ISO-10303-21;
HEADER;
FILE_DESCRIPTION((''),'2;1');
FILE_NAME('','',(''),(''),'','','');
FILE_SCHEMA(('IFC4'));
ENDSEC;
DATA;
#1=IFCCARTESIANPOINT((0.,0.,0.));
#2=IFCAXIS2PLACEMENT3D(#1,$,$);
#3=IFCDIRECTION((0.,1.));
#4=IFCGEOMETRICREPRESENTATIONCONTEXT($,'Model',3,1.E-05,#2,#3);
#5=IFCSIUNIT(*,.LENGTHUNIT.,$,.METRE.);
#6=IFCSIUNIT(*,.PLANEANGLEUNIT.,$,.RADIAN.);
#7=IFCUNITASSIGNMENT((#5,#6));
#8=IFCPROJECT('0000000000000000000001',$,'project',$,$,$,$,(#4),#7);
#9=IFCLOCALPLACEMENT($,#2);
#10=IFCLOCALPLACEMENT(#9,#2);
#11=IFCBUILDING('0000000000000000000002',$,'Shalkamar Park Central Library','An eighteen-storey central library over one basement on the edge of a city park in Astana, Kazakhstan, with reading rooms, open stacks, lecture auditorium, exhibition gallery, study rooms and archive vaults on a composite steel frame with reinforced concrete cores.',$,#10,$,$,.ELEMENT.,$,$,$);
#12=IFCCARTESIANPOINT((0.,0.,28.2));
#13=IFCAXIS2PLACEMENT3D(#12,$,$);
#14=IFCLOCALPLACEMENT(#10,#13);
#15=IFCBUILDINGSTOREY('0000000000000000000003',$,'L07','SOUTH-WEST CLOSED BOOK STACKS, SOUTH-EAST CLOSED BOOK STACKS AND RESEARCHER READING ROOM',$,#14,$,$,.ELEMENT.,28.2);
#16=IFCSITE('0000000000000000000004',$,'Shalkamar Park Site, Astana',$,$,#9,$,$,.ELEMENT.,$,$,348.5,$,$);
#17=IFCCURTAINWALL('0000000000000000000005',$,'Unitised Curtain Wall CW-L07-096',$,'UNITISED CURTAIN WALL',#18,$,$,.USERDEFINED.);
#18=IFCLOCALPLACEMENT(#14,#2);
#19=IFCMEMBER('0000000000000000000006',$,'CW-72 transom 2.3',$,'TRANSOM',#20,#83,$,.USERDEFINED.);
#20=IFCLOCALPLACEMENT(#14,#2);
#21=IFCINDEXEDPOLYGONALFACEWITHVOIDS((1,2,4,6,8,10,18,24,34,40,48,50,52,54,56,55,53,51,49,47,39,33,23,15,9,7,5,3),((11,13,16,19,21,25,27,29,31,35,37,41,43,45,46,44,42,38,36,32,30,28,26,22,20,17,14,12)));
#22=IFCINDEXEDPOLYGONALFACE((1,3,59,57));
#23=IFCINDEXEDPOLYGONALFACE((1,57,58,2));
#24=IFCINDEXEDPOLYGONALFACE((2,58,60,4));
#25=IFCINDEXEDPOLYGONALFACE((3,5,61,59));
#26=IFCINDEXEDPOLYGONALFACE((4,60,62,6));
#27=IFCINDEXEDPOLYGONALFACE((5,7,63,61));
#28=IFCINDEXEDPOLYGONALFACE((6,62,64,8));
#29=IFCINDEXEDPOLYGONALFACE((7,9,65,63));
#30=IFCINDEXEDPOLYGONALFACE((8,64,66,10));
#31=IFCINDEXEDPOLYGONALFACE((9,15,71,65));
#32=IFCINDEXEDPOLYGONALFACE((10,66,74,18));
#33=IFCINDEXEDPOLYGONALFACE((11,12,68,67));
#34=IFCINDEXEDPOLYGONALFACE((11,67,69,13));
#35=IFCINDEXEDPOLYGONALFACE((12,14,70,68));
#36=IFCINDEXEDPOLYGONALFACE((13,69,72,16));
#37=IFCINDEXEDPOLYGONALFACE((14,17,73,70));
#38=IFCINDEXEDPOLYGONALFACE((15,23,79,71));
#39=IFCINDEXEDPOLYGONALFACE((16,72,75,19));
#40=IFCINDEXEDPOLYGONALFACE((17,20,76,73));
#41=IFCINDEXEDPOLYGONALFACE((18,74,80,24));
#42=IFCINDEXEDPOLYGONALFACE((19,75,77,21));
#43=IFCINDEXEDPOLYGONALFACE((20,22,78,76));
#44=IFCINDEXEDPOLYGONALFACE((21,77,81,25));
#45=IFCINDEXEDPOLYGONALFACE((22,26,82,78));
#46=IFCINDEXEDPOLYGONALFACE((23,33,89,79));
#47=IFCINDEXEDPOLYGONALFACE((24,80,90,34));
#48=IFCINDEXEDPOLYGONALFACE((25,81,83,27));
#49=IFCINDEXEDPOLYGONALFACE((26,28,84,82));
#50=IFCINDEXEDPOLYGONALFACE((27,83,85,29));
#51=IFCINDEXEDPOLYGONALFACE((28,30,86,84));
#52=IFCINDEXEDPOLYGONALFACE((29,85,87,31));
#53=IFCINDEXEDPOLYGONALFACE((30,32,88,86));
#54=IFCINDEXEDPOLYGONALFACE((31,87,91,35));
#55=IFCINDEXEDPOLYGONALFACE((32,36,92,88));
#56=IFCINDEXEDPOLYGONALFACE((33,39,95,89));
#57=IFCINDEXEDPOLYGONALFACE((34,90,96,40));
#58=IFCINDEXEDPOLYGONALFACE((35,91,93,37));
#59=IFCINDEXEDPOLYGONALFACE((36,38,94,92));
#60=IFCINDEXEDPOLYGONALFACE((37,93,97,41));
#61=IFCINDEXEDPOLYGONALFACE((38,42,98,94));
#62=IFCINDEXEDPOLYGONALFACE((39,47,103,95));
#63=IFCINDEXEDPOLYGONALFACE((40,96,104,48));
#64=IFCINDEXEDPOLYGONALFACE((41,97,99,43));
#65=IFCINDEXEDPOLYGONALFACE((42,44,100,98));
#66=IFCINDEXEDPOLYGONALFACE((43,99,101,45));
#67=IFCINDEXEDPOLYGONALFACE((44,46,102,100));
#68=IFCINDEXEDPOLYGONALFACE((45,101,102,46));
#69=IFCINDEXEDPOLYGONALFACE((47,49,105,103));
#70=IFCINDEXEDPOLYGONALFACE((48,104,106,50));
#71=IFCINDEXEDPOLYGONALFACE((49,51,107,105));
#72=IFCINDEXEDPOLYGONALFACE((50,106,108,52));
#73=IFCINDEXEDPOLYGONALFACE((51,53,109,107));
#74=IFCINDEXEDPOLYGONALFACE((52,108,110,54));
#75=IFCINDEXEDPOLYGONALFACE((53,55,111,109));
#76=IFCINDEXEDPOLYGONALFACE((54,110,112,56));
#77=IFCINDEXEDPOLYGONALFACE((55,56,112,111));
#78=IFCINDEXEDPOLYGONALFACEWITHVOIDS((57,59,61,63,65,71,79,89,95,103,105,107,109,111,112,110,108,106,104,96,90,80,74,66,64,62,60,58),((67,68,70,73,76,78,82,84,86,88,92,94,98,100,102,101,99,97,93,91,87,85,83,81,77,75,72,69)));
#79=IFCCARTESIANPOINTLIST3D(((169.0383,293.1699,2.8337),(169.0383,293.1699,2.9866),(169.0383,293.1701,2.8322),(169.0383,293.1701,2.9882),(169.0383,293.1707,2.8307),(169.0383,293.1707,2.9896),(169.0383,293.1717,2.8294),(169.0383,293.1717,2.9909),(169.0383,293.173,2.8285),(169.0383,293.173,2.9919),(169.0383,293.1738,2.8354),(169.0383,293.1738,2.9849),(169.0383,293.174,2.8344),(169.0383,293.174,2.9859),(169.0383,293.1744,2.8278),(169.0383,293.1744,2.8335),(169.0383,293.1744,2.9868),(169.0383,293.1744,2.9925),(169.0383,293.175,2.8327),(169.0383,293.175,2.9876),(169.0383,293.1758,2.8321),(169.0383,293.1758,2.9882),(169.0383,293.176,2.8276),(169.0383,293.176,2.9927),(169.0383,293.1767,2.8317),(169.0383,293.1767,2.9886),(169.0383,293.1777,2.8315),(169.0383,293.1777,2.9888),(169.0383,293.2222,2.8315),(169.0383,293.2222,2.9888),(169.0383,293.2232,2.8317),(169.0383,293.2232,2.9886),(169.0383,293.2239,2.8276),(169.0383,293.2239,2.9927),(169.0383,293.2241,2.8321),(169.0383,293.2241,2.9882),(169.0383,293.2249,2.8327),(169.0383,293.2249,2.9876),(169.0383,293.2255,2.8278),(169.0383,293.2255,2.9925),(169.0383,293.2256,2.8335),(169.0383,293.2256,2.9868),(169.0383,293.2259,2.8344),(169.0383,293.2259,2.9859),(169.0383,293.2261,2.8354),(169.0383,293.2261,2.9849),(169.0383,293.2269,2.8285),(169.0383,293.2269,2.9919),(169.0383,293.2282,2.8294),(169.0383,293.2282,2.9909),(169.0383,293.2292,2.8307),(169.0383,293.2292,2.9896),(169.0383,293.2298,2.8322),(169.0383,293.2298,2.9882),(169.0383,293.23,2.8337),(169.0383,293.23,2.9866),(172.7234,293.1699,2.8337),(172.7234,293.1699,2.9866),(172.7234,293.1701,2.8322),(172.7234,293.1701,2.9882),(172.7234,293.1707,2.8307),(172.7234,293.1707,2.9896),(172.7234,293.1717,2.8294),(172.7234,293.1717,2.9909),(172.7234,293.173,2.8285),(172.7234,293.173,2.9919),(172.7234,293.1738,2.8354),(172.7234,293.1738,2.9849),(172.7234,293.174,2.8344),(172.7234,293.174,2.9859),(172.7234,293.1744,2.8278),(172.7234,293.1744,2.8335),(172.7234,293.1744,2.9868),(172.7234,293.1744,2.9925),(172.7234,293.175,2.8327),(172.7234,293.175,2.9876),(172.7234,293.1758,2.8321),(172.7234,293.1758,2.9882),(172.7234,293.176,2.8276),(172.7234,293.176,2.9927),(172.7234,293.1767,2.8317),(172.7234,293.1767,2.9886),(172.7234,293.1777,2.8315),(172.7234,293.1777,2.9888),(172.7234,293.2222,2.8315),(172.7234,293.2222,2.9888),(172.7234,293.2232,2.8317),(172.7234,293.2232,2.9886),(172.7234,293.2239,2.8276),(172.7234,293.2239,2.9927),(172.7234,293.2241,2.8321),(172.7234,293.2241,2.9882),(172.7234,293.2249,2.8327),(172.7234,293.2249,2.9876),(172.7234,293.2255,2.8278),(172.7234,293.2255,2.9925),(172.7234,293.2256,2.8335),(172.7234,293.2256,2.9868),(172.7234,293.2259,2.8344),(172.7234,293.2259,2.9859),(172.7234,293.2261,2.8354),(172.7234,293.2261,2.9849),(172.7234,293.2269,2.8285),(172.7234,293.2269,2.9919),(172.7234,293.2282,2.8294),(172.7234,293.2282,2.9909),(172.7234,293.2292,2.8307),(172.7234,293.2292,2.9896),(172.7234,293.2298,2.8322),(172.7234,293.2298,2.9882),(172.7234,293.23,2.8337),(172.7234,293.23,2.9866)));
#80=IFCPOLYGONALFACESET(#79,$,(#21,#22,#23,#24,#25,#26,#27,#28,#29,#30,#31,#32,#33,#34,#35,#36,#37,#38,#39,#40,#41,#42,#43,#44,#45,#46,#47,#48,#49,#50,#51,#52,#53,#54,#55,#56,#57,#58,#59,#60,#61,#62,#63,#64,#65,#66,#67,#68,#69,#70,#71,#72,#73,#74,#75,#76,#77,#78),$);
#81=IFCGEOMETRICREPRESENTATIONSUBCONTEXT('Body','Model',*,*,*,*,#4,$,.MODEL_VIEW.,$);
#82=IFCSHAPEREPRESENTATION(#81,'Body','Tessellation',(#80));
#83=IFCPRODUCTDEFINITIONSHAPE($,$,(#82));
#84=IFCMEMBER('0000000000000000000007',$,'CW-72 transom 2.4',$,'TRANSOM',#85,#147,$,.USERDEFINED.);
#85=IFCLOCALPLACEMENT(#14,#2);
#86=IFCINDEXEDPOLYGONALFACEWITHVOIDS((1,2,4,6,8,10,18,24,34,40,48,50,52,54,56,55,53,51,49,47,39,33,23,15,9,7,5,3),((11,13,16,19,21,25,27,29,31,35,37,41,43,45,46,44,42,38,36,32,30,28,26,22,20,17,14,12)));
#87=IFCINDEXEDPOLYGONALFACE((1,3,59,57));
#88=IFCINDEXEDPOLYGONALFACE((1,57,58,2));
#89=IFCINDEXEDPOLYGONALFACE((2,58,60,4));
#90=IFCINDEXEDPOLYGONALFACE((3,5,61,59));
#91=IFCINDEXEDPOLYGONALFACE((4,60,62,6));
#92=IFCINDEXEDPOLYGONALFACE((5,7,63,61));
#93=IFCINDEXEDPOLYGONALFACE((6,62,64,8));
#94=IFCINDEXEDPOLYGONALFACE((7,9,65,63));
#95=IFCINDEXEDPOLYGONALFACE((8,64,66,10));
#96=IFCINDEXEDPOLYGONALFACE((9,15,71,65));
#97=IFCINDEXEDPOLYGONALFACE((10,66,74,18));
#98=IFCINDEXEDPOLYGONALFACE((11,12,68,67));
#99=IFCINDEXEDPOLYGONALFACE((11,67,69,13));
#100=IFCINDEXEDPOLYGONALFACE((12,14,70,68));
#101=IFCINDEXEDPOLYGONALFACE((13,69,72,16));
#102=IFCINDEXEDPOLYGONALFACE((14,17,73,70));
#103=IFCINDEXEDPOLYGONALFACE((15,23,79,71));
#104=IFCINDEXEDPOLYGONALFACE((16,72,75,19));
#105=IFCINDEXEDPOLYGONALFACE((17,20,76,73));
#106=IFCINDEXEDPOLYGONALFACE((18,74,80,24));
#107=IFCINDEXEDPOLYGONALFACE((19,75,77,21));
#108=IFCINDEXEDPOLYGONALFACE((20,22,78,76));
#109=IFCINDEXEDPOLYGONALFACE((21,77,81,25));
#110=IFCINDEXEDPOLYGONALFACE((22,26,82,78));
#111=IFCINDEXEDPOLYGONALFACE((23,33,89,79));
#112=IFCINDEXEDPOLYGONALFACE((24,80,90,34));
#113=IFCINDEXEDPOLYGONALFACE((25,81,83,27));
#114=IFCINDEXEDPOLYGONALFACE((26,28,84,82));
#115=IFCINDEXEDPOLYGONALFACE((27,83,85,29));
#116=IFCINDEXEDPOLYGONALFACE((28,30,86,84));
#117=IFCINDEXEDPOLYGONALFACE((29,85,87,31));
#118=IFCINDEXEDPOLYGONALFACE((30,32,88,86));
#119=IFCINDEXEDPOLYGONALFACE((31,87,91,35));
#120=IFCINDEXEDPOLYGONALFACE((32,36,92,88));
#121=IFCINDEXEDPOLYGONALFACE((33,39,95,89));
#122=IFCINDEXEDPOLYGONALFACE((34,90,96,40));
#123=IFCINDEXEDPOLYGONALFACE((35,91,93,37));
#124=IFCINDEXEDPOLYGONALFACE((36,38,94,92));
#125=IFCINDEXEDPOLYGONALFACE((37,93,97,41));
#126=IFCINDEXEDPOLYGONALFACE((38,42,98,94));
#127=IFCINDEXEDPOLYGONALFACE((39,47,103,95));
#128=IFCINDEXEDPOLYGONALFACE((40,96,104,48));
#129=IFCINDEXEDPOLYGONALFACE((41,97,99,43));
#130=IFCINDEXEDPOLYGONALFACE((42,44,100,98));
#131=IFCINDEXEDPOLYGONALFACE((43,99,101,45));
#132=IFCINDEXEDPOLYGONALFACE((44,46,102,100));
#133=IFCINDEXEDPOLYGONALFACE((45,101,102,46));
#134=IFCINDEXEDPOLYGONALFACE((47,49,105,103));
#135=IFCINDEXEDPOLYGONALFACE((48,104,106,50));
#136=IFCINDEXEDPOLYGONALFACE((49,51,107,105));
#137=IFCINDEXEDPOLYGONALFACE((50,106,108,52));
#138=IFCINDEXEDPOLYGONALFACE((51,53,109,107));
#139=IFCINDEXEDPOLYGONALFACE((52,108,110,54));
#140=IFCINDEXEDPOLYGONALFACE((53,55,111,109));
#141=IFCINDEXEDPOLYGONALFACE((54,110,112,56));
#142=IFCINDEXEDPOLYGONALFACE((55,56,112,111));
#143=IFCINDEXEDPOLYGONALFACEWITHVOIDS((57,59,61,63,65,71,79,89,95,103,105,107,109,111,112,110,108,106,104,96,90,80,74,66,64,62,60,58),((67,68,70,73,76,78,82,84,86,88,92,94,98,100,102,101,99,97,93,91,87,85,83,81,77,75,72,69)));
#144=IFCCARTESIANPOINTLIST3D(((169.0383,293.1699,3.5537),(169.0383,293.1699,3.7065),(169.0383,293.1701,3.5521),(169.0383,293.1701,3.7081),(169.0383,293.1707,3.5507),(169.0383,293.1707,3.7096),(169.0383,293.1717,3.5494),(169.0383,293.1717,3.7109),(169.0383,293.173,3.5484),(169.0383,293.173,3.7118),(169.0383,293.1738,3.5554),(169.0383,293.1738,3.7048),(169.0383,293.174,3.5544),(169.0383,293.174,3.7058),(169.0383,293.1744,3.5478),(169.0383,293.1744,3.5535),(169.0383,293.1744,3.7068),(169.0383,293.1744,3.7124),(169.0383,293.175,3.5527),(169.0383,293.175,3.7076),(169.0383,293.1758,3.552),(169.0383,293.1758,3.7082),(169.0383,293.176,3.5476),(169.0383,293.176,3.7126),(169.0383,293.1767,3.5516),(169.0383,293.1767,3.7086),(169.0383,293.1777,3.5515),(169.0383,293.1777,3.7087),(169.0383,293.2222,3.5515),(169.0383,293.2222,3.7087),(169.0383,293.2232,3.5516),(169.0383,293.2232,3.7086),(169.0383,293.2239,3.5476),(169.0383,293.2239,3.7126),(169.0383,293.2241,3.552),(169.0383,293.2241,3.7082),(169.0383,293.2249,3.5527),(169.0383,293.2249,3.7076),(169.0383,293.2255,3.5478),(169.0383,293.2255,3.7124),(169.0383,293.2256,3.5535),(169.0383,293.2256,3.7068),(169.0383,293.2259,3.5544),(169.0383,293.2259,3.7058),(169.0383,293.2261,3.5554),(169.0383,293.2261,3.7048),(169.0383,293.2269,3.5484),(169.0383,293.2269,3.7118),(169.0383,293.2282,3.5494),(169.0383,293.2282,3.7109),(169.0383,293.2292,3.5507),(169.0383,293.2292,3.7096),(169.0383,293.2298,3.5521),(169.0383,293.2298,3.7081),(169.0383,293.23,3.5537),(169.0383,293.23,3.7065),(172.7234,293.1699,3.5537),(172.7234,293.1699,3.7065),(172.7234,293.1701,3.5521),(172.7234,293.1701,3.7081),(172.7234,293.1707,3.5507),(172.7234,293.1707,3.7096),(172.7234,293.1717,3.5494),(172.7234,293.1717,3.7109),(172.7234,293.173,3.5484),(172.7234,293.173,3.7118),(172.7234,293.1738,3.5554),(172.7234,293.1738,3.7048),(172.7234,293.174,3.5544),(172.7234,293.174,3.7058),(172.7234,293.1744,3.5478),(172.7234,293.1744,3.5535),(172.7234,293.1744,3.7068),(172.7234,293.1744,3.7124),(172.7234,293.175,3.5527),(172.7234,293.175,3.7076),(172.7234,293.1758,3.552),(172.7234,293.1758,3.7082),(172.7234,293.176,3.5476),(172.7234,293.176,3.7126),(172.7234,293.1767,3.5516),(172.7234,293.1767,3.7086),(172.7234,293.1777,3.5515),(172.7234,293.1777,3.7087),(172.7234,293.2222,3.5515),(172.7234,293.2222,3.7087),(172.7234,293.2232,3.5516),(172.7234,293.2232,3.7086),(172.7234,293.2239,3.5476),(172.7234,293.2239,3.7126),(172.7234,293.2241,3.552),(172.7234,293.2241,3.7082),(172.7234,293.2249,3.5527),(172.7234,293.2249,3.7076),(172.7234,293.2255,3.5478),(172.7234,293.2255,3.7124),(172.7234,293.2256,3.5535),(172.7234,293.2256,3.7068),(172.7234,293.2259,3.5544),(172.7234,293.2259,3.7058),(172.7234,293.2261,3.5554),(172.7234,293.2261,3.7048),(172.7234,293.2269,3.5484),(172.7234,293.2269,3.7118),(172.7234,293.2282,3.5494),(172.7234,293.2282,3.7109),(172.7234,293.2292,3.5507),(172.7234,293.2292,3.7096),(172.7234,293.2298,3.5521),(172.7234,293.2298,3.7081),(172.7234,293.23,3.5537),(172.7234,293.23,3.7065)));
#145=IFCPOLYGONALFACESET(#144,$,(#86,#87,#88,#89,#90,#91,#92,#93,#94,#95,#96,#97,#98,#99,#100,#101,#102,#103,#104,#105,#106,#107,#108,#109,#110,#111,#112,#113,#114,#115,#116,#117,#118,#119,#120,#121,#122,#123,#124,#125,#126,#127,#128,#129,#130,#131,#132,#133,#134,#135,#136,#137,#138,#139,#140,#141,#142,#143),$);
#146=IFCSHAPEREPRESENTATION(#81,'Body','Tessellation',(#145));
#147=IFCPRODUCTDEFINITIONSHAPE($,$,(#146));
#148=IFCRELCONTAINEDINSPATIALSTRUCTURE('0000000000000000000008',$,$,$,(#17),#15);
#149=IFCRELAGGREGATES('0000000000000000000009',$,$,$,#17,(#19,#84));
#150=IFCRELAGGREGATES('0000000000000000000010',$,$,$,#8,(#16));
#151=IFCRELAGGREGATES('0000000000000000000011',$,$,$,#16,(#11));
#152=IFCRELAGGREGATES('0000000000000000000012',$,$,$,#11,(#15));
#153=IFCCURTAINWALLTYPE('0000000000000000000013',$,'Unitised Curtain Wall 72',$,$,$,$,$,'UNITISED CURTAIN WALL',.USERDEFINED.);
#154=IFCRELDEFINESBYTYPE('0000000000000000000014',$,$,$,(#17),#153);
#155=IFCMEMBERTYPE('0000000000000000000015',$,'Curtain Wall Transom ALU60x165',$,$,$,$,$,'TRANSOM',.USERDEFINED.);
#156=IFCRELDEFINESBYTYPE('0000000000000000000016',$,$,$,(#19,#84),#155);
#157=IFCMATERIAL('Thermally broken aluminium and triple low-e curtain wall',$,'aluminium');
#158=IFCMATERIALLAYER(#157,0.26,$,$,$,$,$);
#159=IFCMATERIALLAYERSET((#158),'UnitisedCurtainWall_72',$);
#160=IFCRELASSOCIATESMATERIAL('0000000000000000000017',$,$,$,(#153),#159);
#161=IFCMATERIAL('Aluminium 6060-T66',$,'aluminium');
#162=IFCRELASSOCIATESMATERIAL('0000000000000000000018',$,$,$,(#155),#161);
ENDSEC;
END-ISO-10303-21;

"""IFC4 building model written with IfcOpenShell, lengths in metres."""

from ifc_helpers import new_model, si_unit, direction, frame, origin, origin_2d, place, context, subcontext, project, spatial, hollow_rectangle, extrude, material, layer, layer_set, material_profile, profile_set, type_object, element, aggregate, save


model = new_model("IFC4")

# Units and contexts
model_context = context("Model", 3, precision=1e-05, world=origin(), true_north=direction((0.0, 1.0)))
body_context = subcontext(model_context, "Body", "Model", "MODEL_VIEW")
ifc_project = project(units=[si_unit("LENGTHUNIT", "METRE"), si_unit("PLANEANGLEUNIT", "RADIAN")], contexts=[model_context])

# Site, building, storey
site_placement = place(None, origin())
site = spatial("IfcSite", under=ifc_project, at=site_placement, Name="Shalkamar Park Site, Astana", CompositionType="ELEMENT", RefElevation=348.5)
building_placement = place(site_placement, origin())
building = spatial("IfcBuilding", under=site, at=building_placement, Name="Shalkamar Park Central Library", Description="An eighteen-storey central library over one basement on the edge of a city park in Astana, Kazakhstan, with reading rooms, open stacks, lecture auditorium, exhibition gallery, study rooms and archive vaults on a composite steel frame with reinforced concrete cores.", CompositionType="ELEMENT")
storey_placement = place(building_placement, frame((0.0, 0.0, 28.2)))
storey = spatial("IfcBuildingStorey", under=building, at=storey_placement, Name="L07", Description="SOUTH-WEST CLOSED BOOK STACKS, SOUTH-EAST CLOSED BOOK STACKS AND RESEARCHER READING ROOM", CompositionType="ELEMENT", Elevation=28.2)

# Curtain wall
ifc_material_1 = material(Name="Thermally broken aluminium and triple low-e curtain wall", Category="aluminium")
ifc_layer_1 = layer(ifc_material_1, 0.26)
ifc_layer_set_1 = layer_set([ifc_layer_1], Name="UnitisedCurtainWall_72")
curtain_wall_type_1 = type_object("IfcCurtainWallType", Name="Unitised Curtain Wall 72", ElementType="UNITISED CURTAIN WALL", PredefinedType="USERDEFINED", material=ifc_layer_set_1)
curtain_wall_1_placement = place(storey_placement, origin())
curtain_wall_1 = element("IfcCurtainWall", 1, at=curtain_wall_1_placement, inside=storey, type_object=curtain_wall_type_1, Name="Unitised Curtain Wall CW-L07-096", ObjectType="UNITISED CURTAIN WALL", PredefinedType="USERDEFINED")
ifc_material_2 = material(Name="Aluminium 6060-T66", Category="aluminium")

# Members
ifc_material_profile_1 = material_profile(ifc_material_2, hollow_rectangle(XDim=0.0601, YDim=0.165, WallThickness=0.0039, InnerFilletRadius=0.0039, OuterFilletRadius=0.0061, at=origin_2d()), Name="ALU 60x165x4")
ifc_profile_set_1 = profile_set([ifc_material_profile_1], Name="Aluminium 6060-T66")
member_type_1 = type_object("IfcMemberType", Name="Curtain Wall Transom ALU60x165", ElementType="TRANSOM", PredefinedType="USERDEFINED", material=ifc_profile_set_1)
member_1_placement = place(storey_placement, frame((169.0383, 293.2, 2.9102), z_axis=(1.0, 0.0, 0.0), x_axis=(0.0, 1.0, 0.0)))
member_1 = element("IfcMember", 2, at=member_1_placement, type_object=member_type_1, Name="CW-72 transom 2.3", ObjectType="TRANSOM", PredefinedType="USERDEFINED", context=body_context, shape_type="SweptSolid", body=[
    extrude(hollow_rectangle(XDim=0.0601, YDim=0.165, WallThickness=0.0039, InnerFilletRadius=0.0039, OuterFilletRadius=0.0061, at=origin_2d()), origin(), (0.0, 0.0, 1.0), 3.6851),
])
member_2_placement = place(storey_placement, frame((169.0383, 293.2, 3.6301), z_axis=(1.0, 0.0, 0.0), x_axis=(0.0, 1.0, 0.0)))
member_2 = element("IfcMember", 3, at=member_2_placement, type_object=member_type_1, Name="CW-72 transom 2.4", ObjectType="TRANSOM", PredefinedType="USERDEFINED", context=body_context, shape_type="SweptSolid", body=[
    extrude(hollow_rectangle(XDim=0.0601, YDim=0.165, WallThickness=0.0039, InnerFilletRadius=0.0039, OuterFilletRadius=0.0061, at=origin_2d()), origin(), (0.0, 0.0, 1.0), 3.6851),
])

aggregate(curtain_wall_1, [member_1, member_2])

save(model, "model.ifc")
